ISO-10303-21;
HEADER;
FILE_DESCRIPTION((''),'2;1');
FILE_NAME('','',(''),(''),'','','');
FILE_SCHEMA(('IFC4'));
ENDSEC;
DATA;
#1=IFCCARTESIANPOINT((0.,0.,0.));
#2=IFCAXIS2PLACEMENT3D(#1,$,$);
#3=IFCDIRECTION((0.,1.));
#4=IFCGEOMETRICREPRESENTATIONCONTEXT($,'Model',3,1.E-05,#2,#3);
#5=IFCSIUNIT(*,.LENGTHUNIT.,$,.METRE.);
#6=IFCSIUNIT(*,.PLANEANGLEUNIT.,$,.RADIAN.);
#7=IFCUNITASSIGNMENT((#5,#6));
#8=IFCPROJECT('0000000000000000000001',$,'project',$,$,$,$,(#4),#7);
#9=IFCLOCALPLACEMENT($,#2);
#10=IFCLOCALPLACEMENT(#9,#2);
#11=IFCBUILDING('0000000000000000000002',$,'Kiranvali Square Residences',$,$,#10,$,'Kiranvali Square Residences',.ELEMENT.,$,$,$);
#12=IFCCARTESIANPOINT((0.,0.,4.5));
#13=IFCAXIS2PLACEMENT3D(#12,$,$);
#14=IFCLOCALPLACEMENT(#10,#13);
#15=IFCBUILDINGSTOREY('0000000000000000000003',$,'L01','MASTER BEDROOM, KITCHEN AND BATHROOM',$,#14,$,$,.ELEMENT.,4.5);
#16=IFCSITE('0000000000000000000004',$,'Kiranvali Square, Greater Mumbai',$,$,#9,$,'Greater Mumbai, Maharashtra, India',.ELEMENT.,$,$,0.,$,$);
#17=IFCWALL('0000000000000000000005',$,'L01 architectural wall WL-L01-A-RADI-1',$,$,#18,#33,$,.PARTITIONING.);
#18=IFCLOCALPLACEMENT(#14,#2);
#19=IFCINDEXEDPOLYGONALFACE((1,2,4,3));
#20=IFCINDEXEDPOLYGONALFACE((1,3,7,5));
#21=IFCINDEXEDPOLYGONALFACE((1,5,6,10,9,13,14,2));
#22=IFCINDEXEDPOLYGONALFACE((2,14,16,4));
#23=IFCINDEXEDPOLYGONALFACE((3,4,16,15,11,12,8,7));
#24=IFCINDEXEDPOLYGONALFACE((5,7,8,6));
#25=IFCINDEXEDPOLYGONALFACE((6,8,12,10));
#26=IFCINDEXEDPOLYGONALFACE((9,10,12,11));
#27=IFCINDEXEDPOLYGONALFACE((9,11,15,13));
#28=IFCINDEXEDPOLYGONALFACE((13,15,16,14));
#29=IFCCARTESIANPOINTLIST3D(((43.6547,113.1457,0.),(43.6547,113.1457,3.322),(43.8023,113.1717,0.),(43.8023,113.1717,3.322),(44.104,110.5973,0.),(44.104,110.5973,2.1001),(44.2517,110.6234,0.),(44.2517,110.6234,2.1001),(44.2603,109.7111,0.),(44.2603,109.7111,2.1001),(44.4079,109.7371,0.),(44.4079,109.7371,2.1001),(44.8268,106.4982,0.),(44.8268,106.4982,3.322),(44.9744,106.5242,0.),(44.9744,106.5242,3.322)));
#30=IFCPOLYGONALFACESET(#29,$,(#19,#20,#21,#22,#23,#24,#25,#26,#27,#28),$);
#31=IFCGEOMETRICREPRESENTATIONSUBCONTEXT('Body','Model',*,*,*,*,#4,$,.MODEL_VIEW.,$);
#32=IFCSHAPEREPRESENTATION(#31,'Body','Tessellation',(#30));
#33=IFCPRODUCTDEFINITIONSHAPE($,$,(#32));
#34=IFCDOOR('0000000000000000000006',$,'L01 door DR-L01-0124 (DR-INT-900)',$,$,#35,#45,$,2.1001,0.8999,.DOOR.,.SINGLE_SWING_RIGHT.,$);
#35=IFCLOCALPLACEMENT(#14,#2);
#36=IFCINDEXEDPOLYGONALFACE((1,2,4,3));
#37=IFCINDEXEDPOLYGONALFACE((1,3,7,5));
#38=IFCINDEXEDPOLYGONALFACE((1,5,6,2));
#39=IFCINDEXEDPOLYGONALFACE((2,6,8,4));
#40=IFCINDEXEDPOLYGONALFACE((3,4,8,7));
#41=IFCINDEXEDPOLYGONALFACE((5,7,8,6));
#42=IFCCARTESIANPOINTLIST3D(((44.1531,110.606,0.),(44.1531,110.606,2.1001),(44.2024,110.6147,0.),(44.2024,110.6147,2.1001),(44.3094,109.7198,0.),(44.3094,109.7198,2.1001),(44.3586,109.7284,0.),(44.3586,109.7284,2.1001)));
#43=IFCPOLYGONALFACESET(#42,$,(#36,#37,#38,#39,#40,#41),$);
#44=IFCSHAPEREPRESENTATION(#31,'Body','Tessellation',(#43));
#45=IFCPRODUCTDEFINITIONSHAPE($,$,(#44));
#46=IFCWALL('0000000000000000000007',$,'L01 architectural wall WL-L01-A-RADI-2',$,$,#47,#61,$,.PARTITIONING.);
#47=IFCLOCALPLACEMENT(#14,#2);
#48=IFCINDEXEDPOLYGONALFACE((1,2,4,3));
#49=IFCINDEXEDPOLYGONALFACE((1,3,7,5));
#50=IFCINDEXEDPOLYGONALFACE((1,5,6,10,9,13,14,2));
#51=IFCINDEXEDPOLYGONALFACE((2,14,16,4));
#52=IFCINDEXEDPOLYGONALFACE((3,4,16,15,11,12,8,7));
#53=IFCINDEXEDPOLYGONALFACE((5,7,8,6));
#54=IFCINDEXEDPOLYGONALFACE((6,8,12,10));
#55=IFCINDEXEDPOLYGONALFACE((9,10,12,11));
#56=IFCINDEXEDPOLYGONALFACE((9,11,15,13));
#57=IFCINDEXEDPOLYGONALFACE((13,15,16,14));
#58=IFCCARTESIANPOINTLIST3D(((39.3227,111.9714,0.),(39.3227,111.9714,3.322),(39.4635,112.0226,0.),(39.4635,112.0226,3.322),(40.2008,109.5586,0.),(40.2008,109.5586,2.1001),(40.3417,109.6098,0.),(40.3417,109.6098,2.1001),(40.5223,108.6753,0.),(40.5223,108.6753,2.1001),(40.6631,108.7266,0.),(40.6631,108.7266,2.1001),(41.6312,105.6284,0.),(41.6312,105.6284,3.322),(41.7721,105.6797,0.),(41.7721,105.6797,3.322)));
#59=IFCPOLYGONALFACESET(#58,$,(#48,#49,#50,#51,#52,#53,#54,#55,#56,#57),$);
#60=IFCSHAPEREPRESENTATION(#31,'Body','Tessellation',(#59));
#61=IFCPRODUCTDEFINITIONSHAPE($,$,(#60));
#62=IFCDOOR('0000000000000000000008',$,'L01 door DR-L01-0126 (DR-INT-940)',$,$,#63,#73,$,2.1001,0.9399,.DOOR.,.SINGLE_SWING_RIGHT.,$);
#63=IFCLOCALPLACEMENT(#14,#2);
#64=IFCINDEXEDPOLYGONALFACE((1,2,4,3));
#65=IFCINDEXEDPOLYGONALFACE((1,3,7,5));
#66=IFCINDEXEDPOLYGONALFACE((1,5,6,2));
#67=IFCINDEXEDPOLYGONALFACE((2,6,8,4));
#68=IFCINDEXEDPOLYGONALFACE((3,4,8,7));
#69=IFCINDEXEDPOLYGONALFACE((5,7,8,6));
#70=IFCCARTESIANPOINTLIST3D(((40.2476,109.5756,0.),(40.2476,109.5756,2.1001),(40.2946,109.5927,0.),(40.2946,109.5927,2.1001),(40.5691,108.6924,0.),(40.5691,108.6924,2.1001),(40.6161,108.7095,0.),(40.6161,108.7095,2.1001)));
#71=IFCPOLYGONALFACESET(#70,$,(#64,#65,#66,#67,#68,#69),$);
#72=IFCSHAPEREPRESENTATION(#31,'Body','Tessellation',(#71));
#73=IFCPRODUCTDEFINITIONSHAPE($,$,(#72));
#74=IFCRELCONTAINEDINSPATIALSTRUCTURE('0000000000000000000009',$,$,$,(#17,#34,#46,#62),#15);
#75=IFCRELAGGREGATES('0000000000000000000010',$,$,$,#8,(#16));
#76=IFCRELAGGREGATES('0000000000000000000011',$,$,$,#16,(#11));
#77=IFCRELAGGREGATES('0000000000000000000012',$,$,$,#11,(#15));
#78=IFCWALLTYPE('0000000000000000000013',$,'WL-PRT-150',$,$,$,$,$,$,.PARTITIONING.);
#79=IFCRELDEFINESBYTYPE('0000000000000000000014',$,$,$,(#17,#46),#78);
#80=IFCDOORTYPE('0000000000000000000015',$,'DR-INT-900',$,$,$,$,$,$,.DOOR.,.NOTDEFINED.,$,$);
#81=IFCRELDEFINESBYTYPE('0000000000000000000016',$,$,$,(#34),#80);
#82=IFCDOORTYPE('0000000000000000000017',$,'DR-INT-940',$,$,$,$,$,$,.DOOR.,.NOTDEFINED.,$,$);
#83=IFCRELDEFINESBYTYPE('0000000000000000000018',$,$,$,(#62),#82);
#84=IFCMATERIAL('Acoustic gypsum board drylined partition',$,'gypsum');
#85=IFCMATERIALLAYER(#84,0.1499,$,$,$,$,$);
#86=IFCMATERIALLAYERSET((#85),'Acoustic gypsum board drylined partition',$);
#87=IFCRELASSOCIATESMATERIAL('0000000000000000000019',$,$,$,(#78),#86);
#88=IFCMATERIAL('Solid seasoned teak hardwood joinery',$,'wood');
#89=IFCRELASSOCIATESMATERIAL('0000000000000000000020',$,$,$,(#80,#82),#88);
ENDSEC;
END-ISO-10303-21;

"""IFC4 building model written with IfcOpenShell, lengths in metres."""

from ifc_helpers import new_model, si_unit, direction, frame, frame_2d, origin, place, context, subcontext, project, spatial, rectangle, extrude, material, layer, layer_set, type_object, element, fill, save


model = new_model("IFC4")

# Units and contexts
model_context = context("Model", 3, precision=1e-05, world=origin(), true_north=direction((0.0, 1.0)))
body_context = subcontext(model_context, "Body", "Model", "MODEL_VIEW")
ifc_project = project(units=[si_unit("LENGTHUNIT", "METRE"), si_unit("PLANEANGLEUNIT", "RADIAN")], contexts=[model_context])

# Site, building, storey
site_placement = place(None, origin())
site = spatial("IfcSite", under=ifc_project, at=site_placement, Name="Kiranvali Square, Greater Mumbai", LongName="Greater Mumbai, Maharashtra, India", CompositionType="ELEMENT", RefElevation=0.0)
building_placement = place(site_placement, origin())
building = spatial("IfcBuilding", under=site, at=building_placement, Name="Kiranvali Square Residences", LongName="Kiranvali Square Residences", CompositionType="ELEMENT")
storey_placement = place(building_placement, frame((0.0, 0.0, 4.5)))
storey = spatial("IfcBuildingStorey", under=building, at=storey_placement, Name="L01", Description="MASTER BEDROOM, KITCHEN AND BATHROOM", CompositionType="ELEMENT", Elevation=4.5)

# Walls, openings, doors
ifc_material_1 = material(Name="Acoustic gypsum board drylined partition", Category="gypsum")
ifc_layer_1 = layer(ifc_material_1, 0.1499)
ifc_layer_set_1 = layer_set([ifc_layer_1], Name="Acoustic gypsum board drylined partition")
wall_type_1 = type_object("IfcWallType", Name="WL-PRT-150", PredefinedType="PARTITIONING", material=ifc_layer_set_1)
wall_1_placement = place(storey_placement, frame((44.9006, 106.5112, 0.0), z_axis=(0.0, 0.0, 1.0), x_axis=(-0.173647, 0.984808, 0.0)))
wall_1 = element("IfcWall", 1, at=wall_1_placement, inside=storey, type_object=wall_type_1, Name="L01 architectural wall WL-L01-A-RADI-1", PredefinedType="PARTITIONING", context=body_context, shape_type="SweptSolid", body=[
    extrude(rectangle(XDim=6.75, YDim=0.1499, at=frame_2d((3.375, 0.0))), origin(), (0.0, 0.0, 1.0), 3.322),
])
opening_1_placement = place(wall_1_placement, frame((3.2625, 0.0, 0.0)))
opening_1 = element("IfcOpeningElement", 2, at=opening_1_placement, cuts=wall_1, PredefinedType="OPENING", context=body_context, shape_type="SweptSolid", body=[
    extrude(rectangle(XDim=0.8999, YDim=2.1001, at=frame_2d((0.45, 1.05))), frame((0.0, 0.085, 0.0), z_axis=(0.0, -1.0, 0.0), x_axis=(1.0, 0.0, 0.0)), (0.0, 0.0, 1.0), 0.1699),
])
ifc_material_2 = material(Name="Solid seasoned teak hardwood joinery", Category="wood")
door_type_1 = type_object("IfcDoorType", Name="DR-INT-900", OperationType="NOTDEFINED", PredefinedType="DOOR", material=ifc_material_2)
door_1_placement = place(opening_1_placement, frame((0.8999, 0.0, 0.0), z_axis=(0.0, 0.0, 1.0), x_axis=(-1.0, 0.0, 0.0)))
door_1 = element("IfcDoor", 3, at=door_1_placement, inside=storey, type_object=door_type_1, Name="L01 door DR-L01-0124 (DR-INT-900)", OperationType="SINGLE_SWING_RIGHT", OverallHeight=2.1001, OverallWidth=0.8999, PredefinedType="DOOR", context=body_context, shape_type="SweptSolid", body=[
    extrude(rectangle(XDim=0.8999, YDim=2.1001, at=frame_2d((0.45, 1.05))), frame((0.0, 0.0249, 0.0), z_axis=(0.0, -1.0, 0.0), x_axis=(1.0, 0.0, 0.0)), (0.0, 0.0, 1.0), 0.05),
])
fill(opening_1, door_1)
wall_2_placement = place(storey_placement, frame((41.7017, 105.6541, 0.0), z_axis=(0.0, 0.0, 1.0), x_axis=(-0.34201, 0.939696, 0.0)))
wall_2 = element("IfcWall", 4, at=wall_2_placement, inside=storey, type_object=wall_type_1, Name="L01 architectural wall WL-L01-A-RADI-2", PredefinedType="PARTITIONING", context=body_context, shape_type="SweptSolid", body=[
    extrude(rectangle(XDim=6.75, YDim=0.1499, at=frame_2d((3.375, 0.0))), origin(), (0.0, 0.0, 1.0), 3.322),
])
opening_2_placement = place(wall_2_placement, frame((3.2424, 0.0, 0.0)))
opening_2 = element("IfcOpeningElement", 5, at=opening_2_placement, cuts=wall_2, PredefinedType="OPENING", context=body_context, shape_type="SweptSolid", body=[
    extrude(rectangle(XDim=0.9399, YDim=2.1001, at=frame_2d((0.47, 1.05))), frame((0.0, 0.085, 0.0), z_axis=(0.0, -1.0, 0.0), x_axis=(1.0, 0.0, 0.0)), (0.0, 0.0, 1.0), 0.1699),
])
door_type_2 = type_object("IfcDoorType", Name="DR-INT-940", OperationType="NOTDEFINED", PredefinedType="DOOR", material=ifc_material_2)
door_2_placement = place(opening_2_placement, frame((0.9399, 0.0, 0.0), z_axis=(0.0, 0.0, 1.0), x_axis=(-1.0, 0.0, 0.0)))
door_2 = element("IfcDoor", 6, at=door_2_placement, inside=storey, type_object=door_type_2, Name="L01 door DR-L01-0126 (DR-INT-940)", OperationType="SINGLE_SWING_RIGHT", OverallHeight=2.1001, OverallWidth=0.9399, PredefinedType="DOOR", context=body_context, shape_type="SweptSolid", body=[
    extrude(rectangle(XDim=0.9399, YDim=2.1001, at=frame_2d((0.47, 1.05))), frame((0.0, 0.0249, 0.0), z_axis=(0.0, -1.0, 0.0), x_axis=(1.0, 0.0, 0.0)), (0.0, 0.0, 1.0), 0.05),
])
fill(opening_2, door_2)

save(model, "model.ifc")
